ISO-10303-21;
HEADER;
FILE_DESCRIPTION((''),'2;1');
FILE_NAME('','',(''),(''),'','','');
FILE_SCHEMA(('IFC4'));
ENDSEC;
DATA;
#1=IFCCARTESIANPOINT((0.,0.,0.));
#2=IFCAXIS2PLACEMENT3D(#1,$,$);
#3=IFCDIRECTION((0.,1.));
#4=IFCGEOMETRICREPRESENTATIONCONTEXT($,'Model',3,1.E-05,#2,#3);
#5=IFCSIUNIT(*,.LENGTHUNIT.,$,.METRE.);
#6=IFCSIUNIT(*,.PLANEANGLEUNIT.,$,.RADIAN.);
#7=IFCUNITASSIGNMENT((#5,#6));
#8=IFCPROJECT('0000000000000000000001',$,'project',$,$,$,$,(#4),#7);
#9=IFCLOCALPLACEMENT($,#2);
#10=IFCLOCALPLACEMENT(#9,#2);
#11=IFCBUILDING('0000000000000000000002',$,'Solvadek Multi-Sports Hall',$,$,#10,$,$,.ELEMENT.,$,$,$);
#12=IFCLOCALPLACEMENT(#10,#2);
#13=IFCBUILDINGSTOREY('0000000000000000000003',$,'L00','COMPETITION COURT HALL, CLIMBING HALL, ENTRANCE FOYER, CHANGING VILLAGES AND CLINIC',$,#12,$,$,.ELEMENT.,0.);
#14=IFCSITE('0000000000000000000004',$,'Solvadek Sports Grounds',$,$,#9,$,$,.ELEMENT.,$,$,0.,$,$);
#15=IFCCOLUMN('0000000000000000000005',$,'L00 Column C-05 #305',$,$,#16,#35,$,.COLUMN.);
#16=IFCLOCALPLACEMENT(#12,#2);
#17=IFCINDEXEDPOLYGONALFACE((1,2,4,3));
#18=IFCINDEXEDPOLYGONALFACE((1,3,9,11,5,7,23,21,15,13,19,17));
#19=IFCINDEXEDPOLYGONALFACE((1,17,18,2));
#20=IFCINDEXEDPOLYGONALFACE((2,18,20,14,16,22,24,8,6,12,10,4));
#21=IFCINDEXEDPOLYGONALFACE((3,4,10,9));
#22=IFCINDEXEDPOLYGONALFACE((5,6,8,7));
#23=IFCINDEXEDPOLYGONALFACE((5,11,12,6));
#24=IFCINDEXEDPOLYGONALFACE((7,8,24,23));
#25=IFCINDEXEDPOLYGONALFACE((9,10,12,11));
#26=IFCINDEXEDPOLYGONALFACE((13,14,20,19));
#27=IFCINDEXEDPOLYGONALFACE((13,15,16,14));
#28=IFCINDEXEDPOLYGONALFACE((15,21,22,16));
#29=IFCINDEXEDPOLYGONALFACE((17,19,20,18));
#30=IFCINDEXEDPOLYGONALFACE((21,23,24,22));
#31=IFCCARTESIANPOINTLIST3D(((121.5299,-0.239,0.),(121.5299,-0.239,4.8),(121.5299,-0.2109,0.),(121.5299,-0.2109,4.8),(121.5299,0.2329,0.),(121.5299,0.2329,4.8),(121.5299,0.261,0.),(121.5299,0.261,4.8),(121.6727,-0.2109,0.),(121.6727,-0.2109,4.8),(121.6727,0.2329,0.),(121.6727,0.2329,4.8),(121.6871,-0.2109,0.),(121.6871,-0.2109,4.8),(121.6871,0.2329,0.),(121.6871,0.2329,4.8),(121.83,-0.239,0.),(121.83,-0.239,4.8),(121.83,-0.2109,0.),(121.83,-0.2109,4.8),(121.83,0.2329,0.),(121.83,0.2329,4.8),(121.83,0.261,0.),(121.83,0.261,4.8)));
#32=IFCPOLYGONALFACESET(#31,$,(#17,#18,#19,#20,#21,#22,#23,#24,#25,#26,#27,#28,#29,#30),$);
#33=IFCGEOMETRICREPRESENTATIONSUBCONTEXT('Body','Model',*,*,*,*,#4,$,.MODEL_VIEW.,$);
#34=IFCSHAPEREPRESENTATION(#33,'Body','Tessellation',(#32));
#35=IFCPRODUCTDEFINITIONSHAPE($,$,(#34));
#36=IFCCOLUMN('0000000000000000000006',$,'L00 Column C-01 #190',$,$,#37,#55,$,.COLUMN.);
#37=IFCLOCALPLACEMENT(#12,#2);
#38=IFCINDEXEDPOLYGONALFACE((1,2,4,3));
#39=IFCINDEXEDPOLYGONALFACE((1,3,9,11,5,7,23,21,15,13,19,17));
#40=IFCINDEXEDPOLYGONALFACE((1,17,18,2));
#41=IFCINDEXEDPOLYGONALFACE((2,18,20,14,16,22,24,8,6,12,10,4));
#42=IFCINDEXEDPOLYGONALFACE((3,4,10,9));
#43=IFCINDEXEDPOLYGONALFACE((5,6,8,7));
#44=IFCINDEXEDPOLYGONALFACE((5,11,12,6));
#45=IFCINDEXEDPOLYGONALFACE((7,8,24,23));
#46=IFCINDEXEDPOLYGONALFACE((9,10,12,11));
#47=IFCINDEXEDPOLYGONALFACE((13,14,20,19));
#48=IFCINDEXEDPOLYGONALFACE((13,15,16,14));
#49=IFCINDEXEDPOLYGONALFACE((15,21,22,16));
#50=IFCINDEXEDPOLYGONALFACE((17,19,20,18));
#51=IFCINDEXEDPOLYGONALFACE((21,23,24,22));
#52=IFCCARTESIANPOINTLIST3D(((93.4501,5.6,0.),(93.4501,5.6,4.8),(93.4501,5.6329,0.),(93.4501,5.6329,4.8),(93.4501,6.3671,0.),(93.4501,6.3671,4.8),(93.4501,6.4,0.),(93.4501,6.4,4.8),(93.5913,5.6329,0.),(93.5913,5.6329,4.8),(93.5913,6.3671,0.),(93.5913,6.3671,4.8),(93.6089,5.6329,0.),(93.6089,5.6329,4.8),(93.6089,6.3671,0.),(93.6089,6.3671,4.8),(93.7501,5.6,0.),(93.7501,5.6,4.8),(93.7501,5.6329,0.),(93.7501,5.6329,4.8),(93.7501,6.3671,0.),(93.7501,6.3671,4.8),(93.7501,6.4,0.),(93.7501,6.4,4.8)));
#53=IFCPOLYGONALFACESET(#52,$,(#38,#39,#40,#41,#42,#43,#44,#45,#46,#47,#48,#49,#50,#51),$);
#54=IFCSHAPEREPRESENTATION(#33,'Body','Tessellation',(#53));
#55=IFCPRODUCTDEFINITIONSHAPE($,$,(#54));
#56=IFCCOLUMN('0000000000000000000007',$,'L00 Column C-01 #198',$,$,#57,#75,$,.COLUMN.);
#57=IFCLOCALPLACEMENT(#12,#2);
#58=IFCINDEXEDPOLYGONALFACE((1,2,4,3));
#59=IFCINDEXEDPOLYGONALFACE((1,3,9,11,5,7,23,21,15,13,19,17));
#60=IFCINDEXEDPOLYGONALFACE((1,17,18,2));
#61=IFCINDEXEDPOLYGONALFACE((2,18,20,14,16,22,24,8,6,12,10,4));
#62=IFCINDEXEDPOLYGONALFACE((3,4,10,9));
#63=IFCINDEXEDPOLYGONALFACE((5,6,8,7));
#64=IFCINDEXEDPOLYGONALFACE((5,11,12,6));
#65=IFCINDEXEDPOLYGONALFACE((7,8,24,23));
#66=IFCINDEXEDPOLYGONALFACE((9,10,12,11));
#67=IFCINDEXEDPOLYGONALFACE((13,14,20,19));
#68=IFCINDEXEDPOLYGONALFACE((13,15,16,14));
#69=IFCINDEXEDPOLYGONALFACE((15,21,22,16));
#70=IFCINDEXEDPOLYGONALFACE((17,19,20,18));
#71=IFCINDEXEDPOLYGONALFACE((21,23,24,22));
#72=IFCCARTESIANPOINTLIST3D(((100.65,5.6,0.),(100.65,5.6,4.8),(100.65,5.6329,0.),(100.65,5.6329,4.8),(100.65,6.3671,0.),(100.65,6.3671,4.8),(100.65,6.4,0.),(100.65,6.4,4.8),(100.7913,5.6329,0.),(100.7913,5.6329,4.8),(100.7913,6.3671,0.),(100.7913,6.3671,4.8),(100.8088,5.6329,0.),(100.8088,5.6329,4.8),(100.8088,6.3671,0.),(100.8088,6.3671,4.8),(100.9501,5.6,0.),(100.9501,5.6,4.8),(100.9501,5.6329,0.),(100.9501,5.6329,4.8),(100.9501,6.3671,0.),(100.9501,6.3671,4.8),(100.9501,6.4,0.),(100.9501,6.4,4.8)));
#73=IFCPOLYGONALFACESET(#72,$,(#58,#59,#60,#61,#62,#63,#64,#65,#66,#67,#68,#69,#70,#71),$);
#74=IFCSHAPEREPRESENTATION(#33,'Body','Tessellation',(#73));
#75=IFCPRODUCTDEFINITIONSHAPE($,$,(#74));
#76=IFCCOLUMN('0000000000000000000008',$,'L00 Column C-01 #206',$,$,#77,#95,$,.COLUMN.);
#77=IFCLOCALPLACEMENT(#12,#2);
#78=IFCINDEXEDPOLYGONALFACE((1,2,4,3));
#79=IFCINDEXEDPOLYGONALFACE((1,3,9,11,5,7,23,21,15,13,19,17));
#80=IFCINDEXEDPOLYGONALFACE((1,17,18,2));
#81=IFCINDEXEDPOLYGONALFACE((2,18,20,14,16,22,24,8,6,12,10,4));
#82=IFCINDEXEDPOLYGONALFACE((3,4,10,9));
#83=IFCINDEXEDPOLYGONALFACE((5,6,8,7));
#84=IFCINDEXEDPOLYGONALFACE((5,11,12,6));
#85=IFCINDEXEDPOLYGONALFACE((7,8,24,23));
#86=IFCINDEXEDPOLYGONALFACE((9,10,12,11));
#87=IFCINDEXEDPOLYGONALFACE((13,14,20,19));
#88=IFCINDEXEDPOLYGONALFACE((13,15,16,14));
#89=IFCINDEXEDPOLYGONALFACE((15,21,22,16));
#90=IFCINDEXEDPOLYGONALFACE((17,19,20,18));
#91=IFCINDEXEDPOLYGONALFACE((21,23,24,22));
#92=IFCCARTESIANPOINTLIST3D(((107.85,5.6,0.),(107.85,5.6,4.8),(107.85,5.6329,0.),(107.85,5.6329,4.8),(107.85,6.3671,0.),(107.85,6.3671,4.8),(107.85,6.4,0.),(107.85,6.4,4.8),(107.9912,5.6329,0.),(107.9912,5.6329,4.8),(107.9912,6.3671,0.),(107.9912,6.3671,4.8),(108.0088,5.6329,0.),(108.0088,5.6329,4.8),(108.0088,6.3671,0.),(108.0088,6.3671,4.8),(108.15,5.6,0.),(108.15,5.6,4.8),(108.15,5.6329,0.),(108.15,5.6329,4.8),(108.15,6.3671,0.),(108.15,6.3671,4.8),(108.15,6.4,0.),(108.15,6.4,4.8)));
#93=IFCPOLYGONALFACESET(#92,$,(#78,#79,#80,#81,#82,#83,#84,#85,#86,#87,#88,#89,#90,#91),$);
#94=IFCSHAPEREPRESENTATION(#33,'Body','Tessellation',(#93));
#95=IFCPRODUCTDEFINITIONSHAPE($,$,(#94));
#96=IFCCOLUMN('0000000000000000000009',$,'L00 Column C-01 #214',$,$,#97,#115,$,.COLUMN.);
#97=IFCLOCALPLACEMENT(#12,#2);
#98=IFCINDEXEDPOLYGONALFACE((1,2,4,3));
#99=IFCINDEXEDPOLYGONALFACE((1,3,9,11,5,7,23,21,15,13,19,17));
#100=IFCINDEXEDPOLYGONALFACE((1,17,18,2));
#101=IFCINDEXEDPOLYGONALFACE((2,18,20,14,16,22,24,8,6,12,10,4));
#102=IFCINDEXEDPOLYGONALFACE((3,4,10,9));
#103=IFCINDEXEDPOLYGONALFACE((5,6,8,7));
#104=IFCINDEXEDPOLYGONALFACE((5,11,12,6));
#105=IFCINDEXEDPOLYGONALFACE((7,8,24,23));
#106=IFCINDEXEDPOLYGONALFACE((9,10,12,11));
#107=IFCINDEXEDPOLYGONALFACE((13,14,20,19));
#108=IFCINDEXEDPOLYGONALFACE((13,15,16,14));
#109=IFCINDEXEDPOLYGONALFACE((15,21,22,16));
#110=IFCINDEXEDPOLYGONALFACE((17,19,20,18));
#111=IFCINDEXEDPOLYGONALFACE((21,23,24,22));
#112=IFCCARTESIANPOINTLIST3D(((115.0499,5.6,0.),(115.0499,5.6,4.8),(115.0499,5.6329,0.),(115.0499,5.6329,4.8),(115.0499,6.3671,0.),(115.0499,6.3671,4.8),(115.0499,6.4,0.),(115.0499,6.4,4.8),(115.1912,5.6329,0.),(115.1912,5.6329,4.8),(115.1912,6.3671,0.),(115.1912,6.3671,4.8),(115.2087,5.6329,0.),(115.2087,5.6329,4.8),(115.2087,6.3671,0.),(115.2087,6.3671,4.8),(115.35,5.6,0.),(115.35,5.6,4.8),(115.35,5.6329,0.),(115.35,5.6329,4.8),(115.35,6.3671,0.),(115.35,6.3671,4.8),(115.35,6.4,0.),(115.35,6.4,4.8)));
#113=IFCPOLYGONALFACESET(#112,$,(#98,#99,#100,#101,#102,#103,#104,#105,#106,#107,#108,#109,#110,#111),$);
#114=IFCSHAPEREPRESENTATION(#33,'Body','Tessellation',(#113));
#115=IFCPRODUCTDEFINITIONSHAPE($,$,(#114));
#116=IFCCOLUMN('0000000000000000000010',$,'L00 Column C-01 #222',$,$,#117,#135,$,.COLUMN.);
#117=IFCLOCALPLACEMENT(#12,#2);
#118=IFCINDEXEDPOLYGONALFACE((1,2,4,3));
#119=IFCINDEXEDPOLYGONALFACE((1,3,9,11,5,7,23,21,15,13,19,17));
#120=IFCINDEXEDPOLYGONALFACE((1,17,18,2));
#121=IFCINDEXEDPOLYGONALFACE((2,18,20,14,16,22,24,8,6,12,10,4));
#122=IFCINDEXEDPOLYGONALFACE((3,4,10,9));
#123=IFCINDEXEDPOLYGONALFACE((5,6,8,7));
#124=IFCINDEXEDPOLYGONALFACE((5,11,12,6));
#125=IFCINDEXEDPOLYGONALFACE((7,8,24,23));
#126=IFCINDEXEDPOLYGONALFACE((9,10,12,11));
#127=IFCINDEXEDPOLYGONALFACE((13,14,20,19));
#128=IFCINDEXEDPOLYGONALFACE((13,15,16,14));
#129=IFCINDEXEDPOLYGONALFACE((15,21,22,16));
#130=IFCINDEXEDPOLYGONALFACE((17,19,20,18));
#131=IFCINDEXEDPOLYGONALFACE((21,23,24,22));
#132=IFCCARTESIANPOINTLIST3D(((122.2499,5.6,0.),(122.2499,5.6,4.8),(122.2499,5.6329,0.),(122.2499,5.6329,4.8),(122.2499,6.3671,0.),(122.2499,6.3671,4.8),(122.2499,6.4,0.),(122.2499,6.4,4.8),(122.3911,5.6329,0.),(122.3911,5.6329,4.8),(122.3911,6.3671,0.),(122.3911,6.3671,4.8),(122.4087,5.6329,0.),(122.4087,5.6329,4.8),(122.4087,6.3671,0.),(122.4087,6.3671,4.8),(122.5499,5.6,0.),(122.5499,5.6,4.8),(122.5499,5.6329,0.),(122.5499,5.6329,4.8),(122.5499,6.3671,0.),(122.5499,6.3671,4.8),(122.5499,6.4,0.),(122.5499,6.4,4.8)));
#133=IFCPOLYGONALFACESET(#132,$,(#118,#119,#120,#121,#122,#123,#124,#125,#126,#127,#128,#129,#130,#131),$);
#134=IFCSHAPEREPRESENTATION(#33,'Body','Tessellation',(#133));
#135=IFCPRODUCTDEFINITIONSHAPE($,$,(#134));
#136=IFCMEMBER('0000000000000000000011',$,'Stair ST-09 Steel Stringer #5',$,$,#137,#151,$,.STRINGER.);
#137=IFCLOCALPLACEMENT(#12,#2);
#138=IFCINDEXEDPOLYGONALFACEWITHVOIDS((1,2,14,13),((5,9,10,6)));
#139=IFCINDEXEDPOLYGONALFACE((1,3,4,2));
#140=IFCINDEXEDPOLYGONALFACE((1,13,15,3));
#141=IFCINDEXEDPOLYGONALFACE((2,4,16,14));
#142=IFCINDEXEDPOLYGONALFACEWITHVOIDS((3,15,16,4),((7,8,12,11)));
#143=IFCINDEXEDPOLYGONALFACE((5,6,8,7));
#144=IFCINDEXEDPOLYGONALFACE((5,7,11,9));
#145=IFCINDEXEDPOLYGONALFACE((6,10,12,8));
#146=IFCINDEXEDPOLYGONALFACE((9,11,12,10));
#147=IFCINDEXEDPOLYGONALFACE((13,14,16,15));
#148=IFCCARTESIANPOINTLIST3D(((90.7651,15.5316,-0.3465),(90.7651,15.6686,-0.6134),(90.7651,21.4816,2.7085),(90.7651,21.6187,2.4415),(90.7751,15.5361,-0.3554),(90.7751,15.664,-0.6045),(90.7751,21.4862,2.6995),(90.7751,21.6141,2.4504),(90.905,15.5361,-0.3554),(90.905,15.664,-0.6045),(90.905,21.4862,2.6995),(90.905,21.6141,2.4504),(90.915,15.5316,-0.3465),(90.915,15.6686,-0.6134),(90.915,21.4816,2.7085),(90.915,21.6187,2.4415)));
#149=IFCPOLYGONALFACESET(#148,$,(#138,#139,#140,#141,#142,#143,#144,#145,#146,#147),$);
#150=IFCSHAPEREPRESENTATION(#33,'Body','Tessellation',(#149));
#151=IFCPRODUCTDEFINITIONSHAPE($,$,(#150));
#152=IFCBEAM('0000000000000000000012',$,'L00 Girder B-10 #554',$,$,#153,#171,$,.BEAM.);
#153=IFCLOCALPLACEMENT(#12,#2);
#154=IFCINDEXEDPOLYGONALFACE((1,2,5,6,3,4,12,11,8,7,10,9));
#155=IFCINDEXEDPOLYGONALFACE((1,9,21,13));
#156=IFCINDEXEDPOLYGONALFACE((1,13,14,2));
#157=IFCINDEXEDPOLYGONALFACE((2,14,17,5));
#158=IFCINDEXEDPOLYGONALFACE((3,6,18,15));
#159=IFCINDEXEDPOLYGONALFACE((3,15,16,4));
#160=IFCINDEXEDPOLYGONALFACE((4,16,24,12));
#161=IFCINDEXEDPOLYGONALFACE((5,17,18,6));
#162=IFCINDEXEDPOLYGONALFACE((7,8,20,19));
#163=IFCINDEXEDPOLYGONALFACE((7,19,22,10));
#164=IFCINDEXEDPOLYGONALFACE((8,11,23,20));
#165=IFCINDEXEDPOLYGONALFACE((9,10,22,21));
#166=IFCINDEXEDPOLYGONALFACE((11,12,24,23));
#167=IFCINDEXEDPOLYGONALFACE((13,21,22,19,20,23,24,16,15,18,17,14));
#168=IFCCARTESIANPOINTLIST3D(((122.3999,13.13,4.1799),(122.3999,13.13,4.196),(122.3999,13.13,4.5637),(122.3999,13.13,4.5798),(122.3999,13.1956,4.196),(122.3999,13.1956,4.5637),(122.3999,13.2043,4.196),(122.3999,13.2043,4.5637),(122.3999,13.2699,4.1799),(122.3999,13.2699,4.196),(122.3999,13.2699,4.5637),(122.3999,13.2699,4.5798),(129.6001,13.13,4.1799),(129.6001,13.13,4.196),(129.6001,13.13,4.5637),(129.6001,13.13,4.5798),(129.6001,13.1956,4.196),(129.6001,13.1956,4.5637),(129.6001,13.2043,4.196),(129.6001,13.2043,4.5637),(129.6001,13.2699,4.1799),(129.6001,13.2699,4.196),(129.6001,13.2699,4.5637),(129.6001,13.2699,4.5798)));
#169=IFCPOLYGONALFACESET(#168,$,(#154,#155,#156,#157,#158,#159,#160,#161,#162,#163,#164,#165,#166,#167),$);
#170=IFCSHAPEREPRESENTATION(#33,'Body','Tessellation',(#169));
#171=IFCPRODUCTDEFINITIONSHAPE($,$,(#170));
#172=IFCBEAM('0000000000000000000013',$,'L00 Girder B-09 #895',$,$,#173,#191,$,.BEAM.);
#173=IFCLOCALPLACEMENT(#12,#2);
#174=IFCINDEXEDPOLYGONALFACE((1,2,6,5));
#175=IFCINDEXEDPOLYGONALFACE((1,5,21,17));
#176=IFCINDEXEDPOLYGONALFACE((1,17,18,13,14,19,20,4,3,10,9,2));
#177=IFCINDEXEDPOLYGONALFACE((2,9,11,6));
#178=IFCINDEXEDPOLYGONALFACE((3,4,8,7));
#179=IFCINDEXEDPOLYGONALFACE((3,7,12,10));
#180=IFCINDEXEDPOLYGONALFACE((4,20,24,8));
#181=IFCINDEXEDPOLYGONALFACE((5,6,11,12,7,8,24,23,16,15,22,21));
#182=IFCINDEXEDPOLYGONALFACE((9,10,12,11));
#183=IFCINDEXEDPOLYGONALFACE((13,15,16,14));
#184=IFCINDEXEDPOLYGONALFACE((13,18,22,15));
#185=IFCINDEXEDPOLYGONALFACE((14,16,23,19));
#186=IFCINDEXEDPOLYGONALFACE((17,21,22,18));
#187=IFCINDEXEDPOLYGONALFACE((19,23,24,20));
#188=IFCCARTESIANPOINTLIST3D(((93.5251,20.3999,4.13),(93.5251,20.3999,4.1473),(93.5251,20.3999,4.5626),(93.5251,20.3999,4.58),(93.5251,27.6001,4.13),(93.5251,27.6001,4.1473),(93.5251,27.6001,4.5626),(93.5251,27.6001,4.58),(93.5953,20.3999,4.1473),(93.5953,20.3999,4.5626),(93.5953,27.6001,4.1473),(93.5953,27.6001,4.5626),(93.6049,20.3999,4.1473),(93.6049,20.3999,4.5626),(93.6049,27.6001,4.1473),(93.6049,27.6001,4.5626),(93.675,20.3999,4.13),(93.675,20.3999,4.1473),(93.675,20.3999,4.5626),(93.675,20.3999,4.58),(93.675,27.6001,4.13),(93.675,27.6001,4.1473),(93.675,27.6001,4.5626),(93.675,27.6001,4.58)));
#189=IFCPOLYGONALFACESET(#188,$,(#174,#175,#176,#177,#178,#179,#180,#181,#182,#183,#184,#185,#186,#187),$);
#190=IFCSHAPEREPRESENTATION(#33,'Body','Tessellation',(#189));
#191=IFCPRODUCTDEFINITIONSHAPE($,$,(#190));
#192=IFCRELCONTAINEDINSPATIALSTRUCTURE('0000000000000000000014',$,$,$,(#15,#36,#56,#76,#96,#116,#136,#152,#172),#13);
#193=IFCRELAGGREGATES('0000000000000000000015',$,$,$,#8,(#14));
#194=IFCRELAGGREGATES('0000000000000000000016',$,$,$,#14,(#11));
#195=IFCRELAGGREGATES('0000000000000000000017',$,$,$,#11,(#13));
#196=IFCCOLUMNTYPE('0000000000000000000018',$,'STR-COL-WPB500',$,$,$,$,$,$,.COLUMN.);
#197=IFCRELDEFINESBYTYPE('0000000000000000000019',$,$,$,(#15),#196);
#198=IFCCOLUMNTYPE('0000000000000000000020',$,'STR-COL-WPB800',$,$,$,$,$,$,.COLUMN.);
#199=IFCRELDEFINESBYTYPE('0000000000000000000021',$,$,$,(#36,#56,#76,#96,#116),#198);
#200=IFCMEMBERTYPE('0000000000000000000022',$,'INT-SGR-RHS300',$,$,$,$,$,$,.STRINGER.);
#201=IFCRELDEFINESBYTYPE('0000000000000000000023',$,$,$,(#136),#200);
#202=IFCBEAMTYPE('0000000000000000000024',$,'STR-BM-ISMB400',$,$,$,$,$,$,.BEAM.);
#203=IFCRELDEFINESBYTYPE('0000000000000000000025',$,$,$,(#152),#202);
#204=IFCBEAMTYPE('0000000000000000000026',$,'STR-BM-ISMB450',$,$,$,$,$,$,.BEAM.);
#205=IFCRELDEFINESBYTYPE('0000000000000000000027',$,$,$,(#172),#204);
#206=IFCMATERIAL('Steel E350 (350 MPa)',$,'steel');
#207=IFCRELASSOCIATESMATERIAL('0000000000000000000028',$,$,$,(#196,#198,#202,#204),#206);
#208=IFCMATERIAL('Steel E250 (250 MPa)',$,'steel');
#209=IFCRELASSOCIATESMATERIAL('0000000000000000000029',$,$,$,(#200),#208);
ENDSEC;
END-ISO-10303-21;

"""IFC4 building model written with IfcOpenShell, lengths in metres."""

from ifc_helpers import new_model, si_unit, direction, frame, origin, origin_2d, place, context, subcontext, project, spatial, hollow_rectangle, i_section, extrude, material, material_profile, profile_set, type_object, element, save


model = new_model("IFC4")

# Units and contexts
model_context = context("Model", 3, precision=1e-05, world=origin(), true_north=direction((0.0, 1.0)))
body_context = subcontext(model_context, "Body", "Model", "MODEL_VIEW")
ifc_project = project(units=[si_unit("LENGTHUNIT", "METRE"), si_unit("PLANEANGLEUNIT", "RADIAN")], contexts=[model_context])

# Site, building, storey
site_placement = place(None, origin())
site = spatial("IfcSite", under=ifc_project, at=site_placement, Name="Solvadek Sports Grounds", CompositionType="ELEMENT", RefElevation=0.0)
building_placement = place(site_placement, origin())
building = spatial("IfcBuilding", under=site, at=building_placement, Name="Solvadek Multi-Sports Hall", CompositionType="ELEMENT")
storey_placement = place(building_placement, origin())
storey = spatial("IfcBuildingStorey", under=building, at=storey_placement, Name="L00", Description="COMPETITION COURT HALL, CLIMBING HALL, ENTRANCE FOYER, CHANGING VILLAGES AND CLINIC", CompositionType="ELEMENT", Elevation=0.0)

# Columns
ifc_material_1 = material(Name="Steel E350 (350 MPa)", Category="steel")
ifc_material_profile_1 = material_profile(ifc_material_1, i_section(OverallWidth=0.3, OverallDepth=0.5, WebThickness=0.0144, FlangeThickness=0.0281, at=origin_2d()), Name="WPB 500")
ifc_profile_set_1 = profile_set([ifc_material_profile_1], Name="Steel E350 (350 MPa)")
column_type_1 = type_object("IfcColumnType", Name="STR-COL-WPB500", PredefinedType="COLUMN", material=ifc_profile_set_1)
for number, where, z_axis, x_axis, name in (
    (1, (121.6799, 0.011, 0.0), (0.0, 0.0, 1.0), (1.0, 0.0, 0.0), "L00 Column C-05 #305"),
):
    element("IfcColumn", number, at=place(storey_placement, frame(where, z_axis=z_axis, x_axis=x_axis)), inside=storey, type_object=column_type_1, Name=name, PredefinedType="COLUMN", context=body_context, shape_type="SweptSolid", body=[
        extrude(i_section(OverallWidth=0.3, OverallDepth=0.5, WebThickness=0.0144, FlangeThickness=0.0281, at=origin_2d()), origin(), (0.0, 0.0, 1.0), 4.8),
    ])
ifc_material_profile_2 = material_profile(ifc_material_1, i_section(OverallWidth=0.3, OverallDepth=0.8, WebThickness=0.0176, FlangeThickness=0.033, at=origin_2d()), Name="WPB 800")
ifc_profile_set_2 = profile_set([ifc_material_profile_2], Name="Steel E350 (350 MPa)")
column_type_2 = type_object("IfcColumnType", Name="STR-COL-WPB800", PredefinedType="COLUMN", material=ifc_profile_set_2)
for number, where, z_axis, x_axis, name in (
    (2, (93.6001, 6.0, 0.0), (0.0, 0.0, 1.0), (1.0, 0.0, 0.0), "L00 Column C-01 #190"),
    (3, (100.8, 6.0, 0.0), (0.0, 0.0, 1.0), (1.0, 0.0, 0.0), "L00 Column C-01 #198"),
    (4, (108.0, 6.0, 0.0), (0.0, 0.0, 1.0), (1.0, 0.0, 0.0), "L00 Column C-01 #206"),
    (5, (115.2, 6.0, 0.0), (0.0, 0.0, 1.0), (1.0, 0.0, 0.0), "L00 Column C-01 #214"),
    (6, (122.3999, 6.0, 0.0), (0.0, 0.0, 1.0), (1.0, 0.0, 0.0), "L00 Column C-01 #222"),
):
    element("IfcColumn", number, at=place(storey_placement, frame(where, z_axis=z_axis, x_axis=x_axis)), inside=storey, type_object=column_type_2, Name=name, PredefinedType="COLUMN", context=body_context, shape_type="SweptSolid", body=[
        extrude(i_section(OverallWidth=0.3, OverallDepth=0.8, WebThickness=0.0176, FlangeThickness=0.033, at=origin_2d()), origin(), (0.0, 0.0, 1.0), 4.8),
    ])

# Member
ifc_material_2 = material(Name="Steel E250 (250 MPa)", Category="steel")
ifc_material_profile_3 = material_profile(ifc_material_2, hollow_rectangle(XDim=0.1499, YDim=0.3, WallThickness=0.01, at=origin_2d()), Name="RHS 300x150x10")
ifc_profile_set_3 = profile_set([ifc_material_profile_3], Name="Steel E250 (250 MPa)")
member_type = type_object("IfcMemberType", Name="INT-SGR-RHS300", PredefinedType="STRINGER", material=ifc_profile_set_3)
member_placement = place(storey_placement, frame((90.8401, 15.6001, -0.48), z_axis=(0.0, 0.889594, 0.456752), x_axis=(-1.0, 0.0, 0.0)))
element("IfcMember", 7, at=member_placement, inside=storey, type_object=member_type, Name="Stair ST-09 Steel Stringer #5", PredefinedType="STRINGER", context=body_context, shape_type="SweptSolid", body=[
    extrude(hollow_rectangle(XDim=0.1499, YDim=0.3, WallThickness=0.01, at=origin_2d()), origin(), (0.0, 0.0, 1.0), 6.6885),
])

# Beams
ifc_material_profile_4 = material_profile(ifc_material_1, i_section(OverallWidth=0.1399, OverallDepth=0.3999, WebThickness=0.0088, FlangeThickness=0.0161, at=origin_2d()), Name="ISMB 400")
ifc_profile_set_4 = profile_set([ifc_material_profile_4], Name="Steel E350 (350 MPa)")
beam_type_1 = type_object("IfcBeamType", Name="STR-BM-ISMB400", PredefinedType="BEAM", material=ifc_profile_set_4)
beam_1_placement = place(storey_placement, frame((122.3999, 13.2, 4.3799), z_axis=(1.0, 0.0, 0.0), x_axis=(0.0, 1.0, 0.0)))
element("IfcBeam", 8, at=beam_1_placement, inside=storey, type_object=beam_type_1, Name="L00 Girder B-10 #554", PredefinedType="BEAM", context=body_context, shape_type="SweptSolid", body=[
    extrude(i_section(OverallWidth=0.1399, OverallDepth=0.3999, WebThickness=0.0088, FlangeThickness=0.0161, at=origin_2d()), origin(), (0.0, 0.0, 1.0), 7.2002),
])
ifc_material_profile_5 = material_profile(ifc_material_1, i_section(OverallWidth=0.1499, OverallDepth=0.45, WebThickness=0.0095, FlangeThickness=0.0173, at=origin_2d()), Name="ISMB 450")
ifc_profile_set_5 = profile_set([ifc_material_profile_5], Name="Steel E350 (350 MPa)")
beam_type_2 = type_object("IfcBeamType", Name="STR-BM-ISMB450", PredefinedType="BEAM", material=ifc_profile_set_5)
beam_2_placement = place(storey_placement, frame((93.6001, 20.3999, 4.355), z_axis=(0.0, 1.0, 0.0), x_axis=(-1.0, 0.0, 0.0)))
element("IfcBeam", 9, at=beam_2_placement, inside=storey, type_object=beam_type_2, Name="L00 Girder B-09 #895", PredefinedType="BEAM", context=body_context, shape_type="SweptSolid", body=[
    extrude(i_section(OverallWidth=0.1499, OverallDepth=0.45, WebThickness=0.0095, FlangeThickness=0.0173, at=origin_2d()), origin(), (0.0, 0.0, 1.0), 7.2002),
])

save(model, "model.ifc")
